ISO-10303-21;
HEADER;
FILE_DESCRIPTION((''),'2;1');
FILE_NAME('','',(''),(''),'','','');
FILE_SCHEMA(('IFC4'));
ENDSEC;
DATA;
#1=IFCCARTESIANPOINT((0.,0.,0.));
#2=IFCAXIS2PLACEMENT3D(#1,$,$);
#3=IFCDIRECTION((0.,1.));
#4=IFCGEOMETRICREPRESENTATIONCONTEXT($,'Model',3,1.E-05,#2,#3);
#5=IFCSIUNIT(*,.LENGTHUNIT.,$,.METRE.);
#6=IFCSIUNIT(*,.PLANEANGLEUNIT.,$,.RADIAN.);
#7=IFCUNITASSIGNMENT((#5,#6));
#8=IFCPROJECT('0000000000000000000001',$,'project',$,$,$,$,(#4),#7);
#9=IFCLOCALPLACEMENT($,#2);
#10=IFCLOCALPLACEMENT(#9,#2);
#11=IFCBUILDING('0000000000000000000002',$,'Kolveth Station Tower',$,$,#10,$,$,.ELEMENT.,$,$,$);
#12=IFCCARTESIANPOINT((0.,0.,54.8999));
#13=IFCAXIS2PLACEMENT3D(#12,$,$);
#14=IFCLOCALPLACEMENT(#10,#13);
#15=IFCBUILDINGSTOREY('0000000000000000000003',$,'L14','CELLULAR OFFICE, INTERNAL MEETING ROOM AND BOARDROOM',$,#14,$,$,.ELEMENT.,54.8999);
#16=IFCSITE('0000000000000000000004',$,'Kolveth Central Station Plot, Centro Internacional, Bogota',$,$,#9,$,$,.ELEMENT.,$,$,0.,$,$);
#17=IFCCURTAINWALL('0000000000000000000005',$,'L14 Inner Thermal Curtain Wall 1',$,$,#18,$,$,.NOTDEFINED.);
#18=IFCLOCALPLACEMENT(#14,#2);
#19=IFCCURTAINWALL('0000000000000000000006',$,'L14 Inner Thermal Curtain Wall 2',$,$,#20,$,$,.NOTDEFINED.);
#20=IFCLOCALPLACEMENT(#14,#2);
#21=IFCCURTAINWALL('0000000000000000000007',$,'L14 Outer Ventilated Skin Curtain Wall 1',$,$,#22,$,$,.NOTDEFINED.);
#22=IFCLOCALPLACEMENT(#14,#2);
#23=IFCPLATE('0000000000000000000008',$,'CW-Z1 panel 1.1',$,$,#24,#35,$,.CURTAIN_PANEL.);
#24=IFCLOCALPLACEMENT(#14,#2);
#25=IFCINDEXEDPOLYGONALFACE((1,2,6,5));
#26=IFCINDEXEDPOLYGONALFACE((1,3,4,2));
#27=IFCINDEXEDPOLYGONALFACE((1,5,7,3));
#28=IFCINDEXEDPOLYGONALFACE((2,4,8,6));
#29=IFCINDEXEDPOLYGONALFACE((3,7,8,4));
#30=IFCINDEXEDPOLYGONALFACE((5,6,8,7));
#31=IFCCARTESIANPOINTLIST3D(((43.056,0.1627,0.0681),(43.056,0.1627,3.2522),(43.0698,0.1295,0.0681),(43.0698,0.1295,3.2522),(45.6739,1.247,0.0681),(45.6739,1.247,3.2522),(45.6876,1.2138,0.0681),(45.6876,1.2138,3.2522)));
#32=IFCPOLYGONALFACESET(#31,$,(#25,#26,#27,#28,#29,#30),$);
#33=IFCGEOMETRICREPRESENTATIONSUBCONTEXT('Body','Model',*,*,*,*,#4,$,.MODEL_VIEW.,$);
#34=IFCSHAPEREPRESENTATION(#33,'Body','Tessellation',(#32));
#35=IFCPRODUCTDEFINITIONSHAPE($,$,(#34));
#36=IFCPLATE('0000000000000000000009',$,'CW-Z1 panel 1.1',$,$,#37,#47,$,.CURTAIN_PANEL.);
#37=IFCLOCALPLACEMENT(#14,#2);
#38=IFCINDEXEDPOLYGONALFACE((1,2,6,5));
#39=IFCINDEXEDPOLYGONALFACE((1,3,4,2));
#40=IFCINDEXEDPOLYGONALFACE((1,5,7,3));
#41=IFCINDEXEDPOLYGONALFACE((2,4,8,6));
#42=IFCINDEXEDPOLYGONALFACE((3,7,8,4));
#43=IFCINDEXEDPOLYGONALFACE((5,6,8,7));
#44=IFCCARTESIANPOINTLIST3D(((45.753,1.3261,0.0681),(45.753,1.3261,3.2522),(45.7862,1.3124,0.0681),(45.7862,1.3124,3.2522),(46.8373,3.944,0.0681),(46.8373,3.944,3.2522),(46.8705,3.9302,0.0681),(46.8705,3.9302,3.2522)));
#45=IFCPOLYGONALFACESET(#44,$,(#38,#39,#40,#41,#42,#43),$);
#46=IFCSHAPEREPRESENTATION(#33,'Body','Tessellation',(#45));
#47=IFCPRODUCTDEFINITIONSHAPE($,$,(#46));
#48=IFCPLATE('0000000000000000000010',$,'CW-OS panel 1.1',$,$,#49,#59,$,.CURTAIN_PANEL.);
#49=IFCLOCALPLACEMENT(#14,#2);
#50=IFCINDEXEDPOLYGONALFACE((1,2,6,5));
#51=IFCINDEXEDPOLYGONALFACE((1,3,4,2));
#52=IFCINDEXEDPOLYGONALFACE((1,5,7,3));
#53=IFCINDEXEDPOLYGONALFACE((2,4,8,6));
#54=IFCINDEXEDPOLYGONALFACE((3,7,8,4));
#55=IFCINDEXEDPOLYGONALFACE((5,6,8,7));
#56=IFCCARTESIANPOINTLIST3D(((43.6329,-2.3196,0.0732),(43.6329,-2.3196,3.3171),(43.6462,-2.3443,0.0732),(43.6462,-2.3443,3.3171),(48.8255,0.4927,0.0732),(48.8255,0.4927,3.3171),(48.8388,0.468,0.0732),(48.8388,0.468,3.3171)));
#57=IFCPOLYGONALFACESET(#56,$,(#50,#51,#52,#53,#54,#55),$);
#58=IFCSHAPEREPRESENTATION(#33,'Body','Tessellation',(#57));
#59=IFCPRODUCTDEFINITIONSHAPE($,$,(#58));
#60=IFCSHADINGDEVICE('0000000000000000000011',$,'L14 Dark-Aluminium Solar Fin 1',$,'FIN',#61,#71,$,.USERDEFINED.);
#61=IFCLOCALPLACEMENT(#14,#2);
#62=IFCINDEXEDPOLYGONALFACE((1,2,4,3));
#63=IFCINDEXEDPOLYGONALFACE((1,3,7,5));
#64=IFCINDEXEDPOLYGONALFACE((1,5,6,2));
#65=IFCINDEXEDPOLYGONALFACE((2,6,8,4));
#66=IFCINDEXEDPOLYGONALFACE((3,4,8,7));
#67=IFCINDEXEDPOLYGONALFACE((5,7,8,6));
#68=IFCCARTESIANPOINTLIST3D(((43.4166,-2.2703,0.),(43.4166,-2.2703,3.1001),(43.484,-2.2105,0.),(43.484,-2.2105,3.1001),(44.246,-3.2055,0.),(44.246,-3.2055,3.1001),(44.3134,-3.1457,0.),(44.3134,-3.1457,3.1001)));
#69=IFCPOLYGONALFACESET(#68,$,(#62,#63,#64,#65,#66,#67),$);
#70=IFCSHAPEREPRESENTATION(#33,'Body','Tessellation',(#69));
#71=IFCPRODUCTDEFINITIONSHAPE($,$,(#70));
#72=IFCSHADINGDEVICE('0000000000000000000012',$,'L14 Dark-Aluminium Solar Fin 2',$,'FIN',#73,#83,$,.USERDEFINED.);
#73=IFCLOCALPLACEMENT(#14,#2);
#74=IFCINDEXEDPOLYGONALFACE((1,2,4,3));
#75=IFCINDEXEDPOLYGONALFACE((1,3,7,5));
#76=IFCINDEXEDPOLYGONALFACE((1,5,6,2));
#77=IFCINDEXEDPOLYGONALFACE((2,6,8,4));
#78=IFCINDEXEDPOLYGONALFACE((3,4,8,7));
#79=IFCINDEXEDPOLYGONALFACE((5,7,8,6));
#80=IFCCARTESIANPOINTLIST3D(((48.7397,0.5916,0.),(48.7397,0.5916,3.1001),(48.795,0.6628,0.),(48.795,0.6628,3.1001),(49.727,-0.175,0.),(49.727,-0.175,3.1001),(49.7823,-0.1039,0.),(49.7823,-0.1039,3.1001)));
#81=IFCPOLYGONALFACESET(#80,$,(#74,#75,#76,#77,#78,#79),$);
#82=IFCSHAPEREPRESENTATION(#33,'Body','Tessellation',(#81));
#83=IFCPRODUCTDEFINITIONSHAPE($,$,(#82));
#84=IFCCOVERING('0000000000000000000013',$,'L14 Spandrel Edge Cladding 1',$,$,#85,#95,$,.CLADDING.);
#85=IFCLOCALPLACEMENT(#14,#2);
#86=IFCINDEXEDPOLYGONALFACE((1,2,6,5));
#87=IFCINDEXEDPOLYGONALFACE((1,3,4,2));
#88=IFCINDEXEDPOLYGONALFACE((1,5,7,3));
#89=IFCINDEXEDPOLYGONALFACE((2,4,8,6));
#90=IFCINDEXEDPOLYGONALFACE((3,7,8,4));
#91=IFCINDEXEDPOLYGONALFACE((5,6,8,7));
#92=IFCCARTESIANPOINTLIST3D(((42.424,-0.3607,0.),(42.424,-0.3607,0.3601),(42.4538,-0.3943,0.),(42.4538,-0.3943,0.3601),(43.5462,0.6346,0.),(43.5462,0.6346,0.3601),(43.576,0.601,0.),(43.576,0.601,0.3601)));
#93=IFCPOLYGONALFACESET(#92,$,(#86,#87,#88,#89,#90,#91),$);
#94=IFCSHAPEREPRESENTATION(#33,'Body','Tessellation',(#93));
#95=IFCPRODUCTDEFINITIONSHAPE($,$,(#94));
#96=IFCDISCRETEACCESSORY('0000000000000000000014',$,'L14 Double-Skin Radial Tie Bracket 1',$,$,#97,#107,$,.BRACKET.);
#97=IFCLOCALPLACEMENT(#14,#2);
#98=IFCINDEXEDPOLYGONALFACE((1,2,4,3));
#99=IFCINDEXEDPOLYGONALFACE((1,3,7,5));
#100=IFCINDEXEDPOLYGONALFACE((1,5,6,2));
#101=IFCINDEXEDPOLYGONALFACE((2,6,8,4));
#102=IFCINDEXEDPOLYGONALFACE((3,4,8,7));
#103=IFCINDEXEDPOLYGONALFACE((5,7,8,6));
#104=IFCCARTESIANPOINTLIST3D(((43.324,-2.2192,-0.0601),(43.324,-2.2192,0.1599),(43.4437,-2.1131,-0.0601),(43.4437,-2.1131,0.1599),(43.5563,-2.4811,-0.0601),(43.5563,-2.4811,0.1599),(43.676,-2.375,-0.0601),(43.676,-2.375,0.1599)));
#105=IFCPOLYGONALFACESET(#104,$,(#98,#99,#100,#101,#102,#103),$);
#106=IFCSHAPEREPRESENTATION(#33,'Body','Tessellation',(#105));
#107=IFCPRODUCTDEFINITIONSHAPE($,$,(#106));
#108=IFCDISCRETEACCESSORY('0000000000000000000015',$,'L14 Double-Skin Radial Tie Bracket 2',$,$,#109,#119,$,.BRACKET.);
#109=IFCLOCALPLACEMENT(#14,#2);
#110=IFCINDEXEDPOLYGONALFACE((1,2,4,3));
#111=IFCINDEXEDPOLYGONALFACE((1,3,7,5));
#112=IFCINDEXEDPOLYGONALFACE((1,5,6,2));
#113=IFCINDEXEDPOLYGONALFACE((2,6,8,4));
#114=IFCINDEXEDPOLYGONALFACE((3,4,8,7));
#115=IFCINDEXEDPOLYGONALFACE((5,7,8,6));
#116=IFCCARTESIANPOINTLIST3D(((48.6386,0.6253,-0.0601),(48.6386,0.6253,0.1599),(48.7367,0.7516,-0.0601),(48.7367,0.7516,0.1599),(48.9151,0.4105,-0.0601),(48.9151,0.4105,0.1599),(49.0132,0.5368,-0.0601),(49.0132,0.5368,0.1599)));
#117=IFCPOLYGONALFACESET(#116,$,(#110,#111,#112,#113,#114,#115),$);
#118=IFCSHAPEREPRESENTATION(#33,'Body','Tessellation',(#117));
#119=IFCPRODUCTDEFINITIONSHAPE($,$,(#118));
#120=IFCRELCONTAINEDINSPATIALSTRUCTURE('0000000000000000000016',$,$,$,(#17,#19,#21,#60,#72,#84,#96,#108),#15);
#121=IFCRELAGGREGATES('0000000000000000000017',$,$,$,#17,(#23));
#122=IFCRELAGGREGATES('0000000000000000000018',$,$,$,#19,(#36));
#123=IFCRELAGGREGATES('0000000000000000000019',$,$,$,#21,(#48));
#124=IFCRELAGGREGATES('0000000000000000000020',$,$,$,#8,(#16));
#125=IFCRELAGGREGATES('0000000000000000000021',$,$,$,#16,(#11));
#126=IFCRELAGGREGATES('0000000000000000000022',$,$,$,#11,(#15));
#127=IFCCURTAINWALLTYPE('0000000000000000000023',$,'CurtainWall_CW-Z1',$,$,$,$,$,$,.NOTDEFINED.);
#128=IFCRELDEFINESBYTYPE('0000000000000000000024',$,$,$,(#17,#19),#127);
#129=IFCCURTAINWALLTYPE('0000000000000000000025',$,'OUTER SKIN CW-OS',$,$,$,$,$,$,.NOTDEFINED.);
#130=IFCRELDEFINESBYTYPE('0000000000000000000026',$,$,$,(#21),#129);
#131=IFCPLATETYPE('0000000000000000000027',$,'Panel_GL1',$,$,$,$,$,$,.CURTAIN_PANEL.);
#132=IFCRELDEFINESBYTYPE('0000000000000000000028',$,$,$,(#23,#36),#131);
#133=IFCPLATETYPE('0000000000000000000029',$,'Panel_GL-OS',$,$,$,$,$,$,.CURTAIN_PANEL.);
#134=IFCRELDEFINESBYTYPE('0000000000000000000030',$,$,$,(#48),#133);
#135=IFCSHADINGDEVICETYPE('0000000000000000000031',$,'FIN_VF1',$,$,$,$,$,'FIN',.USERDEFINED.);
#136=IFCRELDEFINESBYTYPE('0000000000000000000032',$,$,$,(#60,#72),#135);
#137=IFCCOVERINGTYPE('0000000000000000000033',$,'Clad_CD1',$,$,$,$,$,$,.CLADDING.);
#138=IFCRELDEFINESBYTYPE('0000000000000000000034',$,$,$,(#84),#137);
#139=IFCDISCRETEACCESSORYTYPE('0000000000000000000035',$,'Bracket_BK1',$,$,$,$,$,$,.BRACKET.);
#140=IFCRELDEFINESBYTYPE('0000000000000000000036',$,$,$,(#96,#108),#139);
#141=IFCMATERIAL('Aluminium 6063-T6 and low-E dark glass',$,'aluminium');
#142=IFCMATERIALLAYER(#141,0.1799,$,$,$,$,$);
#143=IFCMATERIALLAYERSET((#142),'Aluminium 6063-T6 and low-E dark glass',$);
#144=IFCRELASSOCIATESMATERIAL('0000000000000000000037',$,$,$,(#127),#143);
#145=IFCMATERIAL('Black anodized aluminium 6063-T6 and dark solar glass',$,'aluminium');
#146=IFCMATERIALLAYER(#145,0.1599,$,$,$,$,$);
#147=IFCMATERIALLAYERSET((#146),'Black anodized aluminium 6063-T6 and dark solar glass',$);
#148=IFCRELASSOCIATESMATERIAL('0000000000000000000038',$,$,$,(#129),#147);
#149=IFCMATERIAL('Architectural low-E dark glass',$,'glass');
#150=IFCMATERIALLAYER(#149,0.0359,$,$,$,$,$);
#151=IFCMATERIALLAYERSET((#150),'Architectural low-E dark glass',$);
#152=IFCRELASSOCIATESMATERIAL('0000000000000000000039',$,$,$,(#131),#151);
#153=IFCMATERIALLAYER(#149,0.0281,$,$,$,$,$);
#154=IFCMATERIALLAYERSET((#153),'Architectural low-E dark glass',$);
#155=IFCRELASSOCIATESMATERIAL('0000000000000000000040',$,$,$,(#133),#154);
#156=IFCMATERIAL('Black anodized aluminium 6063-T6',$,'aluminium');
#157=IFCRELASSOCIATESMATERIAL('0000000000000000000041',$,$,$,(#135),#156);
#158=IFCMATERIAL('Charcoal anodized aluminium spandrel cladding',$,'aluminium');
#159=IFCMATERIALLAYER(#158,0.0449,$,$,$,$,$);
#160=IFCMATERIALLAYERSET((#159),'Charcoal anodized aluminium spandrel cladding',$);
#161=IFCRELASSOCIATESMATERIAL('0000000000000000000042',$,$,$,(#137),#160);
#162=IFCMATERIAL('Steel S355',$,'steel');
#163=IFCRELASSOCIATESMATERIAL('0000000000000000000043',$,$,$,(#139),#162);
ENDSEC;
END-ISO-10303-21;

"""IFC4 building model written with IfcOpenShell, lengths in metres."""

from ifc_helpers import new_model, si_unit, direction, frame, origin, origin_2d, place, context, subcontext, project, spatial, rectangle, extrude, source, transform, mapped, material, layer, layer_set, type_object, element, aggregate, save


model = new_model("IFC4")

# Units and contexts
model_context = context("Model", 3, precision=1e-05, world=origin(), true_north=direction((0.0, 1.0)))
body_context = subcontext(model_context, "Body", "Model", "MODEL_VIEW")
ifc_project = project(units=[si_unit("LENGTHUNIT", "METRE"), si_unit("PLANEANGLEUNIT", "RADIAN")], contexts=[model_context])

# Site, building, storey
site_placement = place(None, origin())
site = spatial("IfcSite", under=ifc_project, at=site_placement, Name="Kolveth Central Station Plot, Centro Internacional, Bogota", CompositionType="ELEMENT", RefElevation=0.0)
building_placement = place(site_placement, origin())
building = spatial("IfcBuilding", under=site, at=building_placement, Name="Kolveth Station Tower", CompositionType="ELEMENT")
storey_placement = place(building_placement, frame((0.0, 0.0, 54.8999)))
storey = spatial("IfcBuildingStorey", under=building, at=storey_placement, Name="L14", Description="CELLULAR OFFICE, INTERNAL MEETING ROOM AND BOARDROOM", CompositionType="ELEMENT", Elevation=54.8999)

# Shared definitions
ifc_material_1 = material(Name="Steel S355", Category="steel")

# Curtain walls
ifc_material_2 = material(Name="Aluminium 6063-T6 and low-E dark glass", Category="aluminium")
ifc_layer_1 = layer(ifc_material_2, 0.1799)
ifc_layer_set_1 = layer_set([ifc_layer_1], Name="Aluminium 6063-T6 and low-E dark glass")
curtain_wall_type_1 = type_object("IfcCurtainWallType", Name="CurtainWall_CW-Z1", PredefinedType="NOTDEFINED", material=ifc_layer_set_1)
curtain_wall_1_placement = place(storey_placement, origin())
curtain_wall_1 = element("IfcCurtainWall", 1, at=curtain_wall_1_placement, inside=storey, type_object=curtain_wall_type_1, Name="L14 Inner Thermal Curtain Wall 1", PredefinedType="NOTDEFINED")
ifc_material_3 = material(Name="Black anodized aluminium 6063-T6", Category="aluminium")
curtain_wall_2_placement = place(storey_placement, origin())
curtain_wall_2 = element("IfcCurtainWall", 2, at=curtain_wall_2_placement, inside=storey, type_object=curtain_wall_type_1, Name="L14 Inner Thermal Curtain Wall 2", PredefinedType="NOTDEFINED")

# Curtain wall
ifc_material_4 = material(Name="Black anodized aluminium 6063-T6 and dark solar glass", Category="aluminium")
ifc_layer_2 = layer(ifc_material_4, 0.1599)
ifc_layer_set_2 = layer_set([ifc_layer_2], Name="Black anodized aluminium 6063-T6 and dark solar glass")
curtain_wall_type_2 = type_object("IfcCurtainWallType", Name="OUTER SKIN CW-OS", PredefinedType="NOTDEFINED", material=ifc_layer_set_2)
curtain_wall_3_placement = place(storey_placement, origin())
curtain_wall_3 = element("IfcCurtainWall", 3, at=curtain_wall_3_placement, inside=storey, type_object=curtain_wall_type_2, Name="L14 Outer Ventilated Skin Curtain Wall 1", PredefinedType="NOTDEFINED")

# Plates
ifc_material_5 = material(Name="Architectural low-E dark glass", Category="glass")
ifc_layer_3 = layer(ifc_material_5, 0.0359)
ifc_layer_set_3 = layer_set([ifc_layer_3], Name="Architectural low-E dark glass")
plate_type_1 = type_object("IfcPlateType", Name="Panel_GL1", PredefinedType="CURTAIN_PANEL", material=ifc_layer_set_3)
shared_shape_1 = source(origin(), body_context, "Body", "SweptSolid", [
    extrude(rectangle(XDim=2.8335, YDim=0.0359, at=origin_2d()), origin(), (0.0, 0.0, 1.0), 3.1841),
])
plate_1_placement = place(storey_placement, frame((44.3718, 0.6882, 0.0681), z_axis=(0.0, 0.0, 1.0), x_axis=(0.923884, 0.382673, 0.0)))
plate_1 = element("IfcPlate", 4, at=plate_1_placement, type_object=plate_type_1, Name="CW-Z1 panel 1.1", PredefinedType="CURTAIN_PANEL", context=body_context, shape_type="MappedRepresentation", body=[
    mapped(shared_shape_1, transform((0.0, 0.0, 0.0), x_axis=(1.0, 0.0, 0.0), y_axis=(0.0, 1.0, 0.0), z_axis=(0.0, 0.0, 1.0), scale=1.0)),
])
aggregate(curtain_wall_1, [plate_1])
plate_2_placement = place(storey_placement, frame((46.3118, 2.6282, 0.0681), z_axis=(0.0, 0.0, 1.0), x_axis=(0.382673, 0.923884, 0.0)))
plate_2 = element("IfcPlate", 5, at=plate_2_placement, type_object=plate_type_1, Name="CW-Z1 panel 1.1", PredefinedType="CURTAIN_PANEL", context=body_context, shape_type="MappedRepresentation", body=[
    mapped(shared_shape_1, transform((0.0, 0.0, 0.0), x_axis=(1.0, 0.0, 0.0), y_axis=(0.0, 1.0, 0.0), z_axis=(0.0, 0.0, 1.0), scale=1.0)),
])
aggregate(curtain_wall_2, [plate_2])
ifc_layer_4 = layer(ifc_material_5, 0.0281)
ifc_layer_set_4 = layer_set([ifc_layer_4], Name="Architectural low-E dark glass")
plate_type_2 = type_object("IfcPlateType", Name="Panel_GL-OS", PredefinedType="CURTAIN_PANEL", material=ifc_layer_set_4)
shared_shape_2 = source(origin(), body_context, "Body", "SweptSolid", [
    extrude(rectangle(XDim=5.9053, YDim=0.0281, at=origin_2d()), origin(), (0.0, 0.0, 1.0), 3.2439),
])
plate_3_placement = place(storey_placement, frame((46.2358, -0.9258, 0.0732), z_axis=(0.0, 0.0, 1.0), x_axis=(0.879316, 0.47624, 0.0)))
plate_3 = element("IfcPlate", 6, at=plate_3_placement, type_object=plate_type_2, Name="CW-OS panel 1.1", PredefinedType="CURTAIN_PANEL", context=body_context, shape_type="MappedRepresentation", body=[
    mapped(shared_shape_2, transform((0.0, 0.0, 0.0), x_axis=(1.0, 0.0, 0.0), y_axis=(0.0, 1.0, 0.0), z_axis=(0.0, 0.0, 1.0), scale=1.0)),
])
aggregate(curtain_wall_3, [plate_3])

# Shading devices
shading_device_type = type_object("IfcShadingDeviceType", Name="FIN_VF1", ElementType="FIN", PredefinedType="USERDEFINED", material=ifc_material_3)
shared_shape_3 = source(origin(), body_context, "Body", "SweptSolid", [
    extrude(rectangle(XDim=1.25, YDim=0.0901, at=origin_2d()), origin(), (0.0, 0.0, 1.0), 3.1001),
])
for number, where, z_axis, x_axis, name in (
    (7, (43.865, -2.708, 0.0), (0.0, 0.0, 1.0), (0.663535, -0.748146, 0.0), "L14 Dark-Aluminium Solar Fin 1"),
    (8, (49.261, 0.2439, 0.0), (0.0, 0.0, 1.0), (0.789834, -0.613321, 0.0), "L14 Dark-Aluminium Solar Fin 2"),
):
    element("IfcShadingDevice", number, at=place(storey_placement, frame(where, z_axis=z_axis, x_axis=x_axis)), inside=storey, type_object=shading_device_type, Name=name, ObjectType="FIN", PredefinedType="USERDEFINED", context=body_context, shape_type="MappedRepresentation", body=[
        mapped(shared_shape_3, transform((0.0, 0.0, 0.0), x_axis=(1.0, 0.0, 0.0), y_axis=(0.0, 1.0, 0.0), z_axis=(0.0, 0.0, 1.0), scale=1.0)),
    ])

# Covering
ifc_material_6 = material(Name="Charcoal anodized aluminium spandrel cladding", Category="aluminium")
ifc_layer_5 = layer(ifc_material_6, 0.0449)
ifc_layer_set_5 = layer_set([ifc_layer_5], Name="Charcoal anodized aluminium spandrel cladding")
covering_type = type_object("IfcCoveringType", Name="Clad_CD1", PredefinedType="CLADDING", material=ifc_layer_set_5)
shared_shape_4 = source(origin(), body_context, "Body", "SweptSolid", [
    extrude(rectangle(XDim=1.5, YDim=0.0449, at=origin_2d()), origin(), (0.0, 0.0, 1.0), 0.3601),
])
covering_placement = place(storey_placement, frame((43.0, 0.1201, 0.0), z_axis=(0.0, 0.0, 1.0), x_axis=(0.748146, 0.663535, 0.0)))
element("IfcCovering", 9, at=covering_placement, inside=storey, type_object=covering_type, Name="L14 Spandrel Edge Cladding 1", PredefinedType="CLADDING", context=body_context, shape_type="MappedRepresentation", body=[
    mapped(shared_shape_4, transform((0.0, 0.0, 0.0), x_axis=(1.0, 0.0, 0.0), y_axis=(0.0, 1.0, 0.0), z_axis=(0.0, 0.0, 1.0), scale=1.0)),
])

# Discrete accessories
discrete_accessory_type = type_object("IfcDiscreteAccessoryType", Name="Bracket_BK1", PredefinedType="BRACKET", material=ifc_material_1)
shared_shape_5 = source(origin(), body_context, "Body", "SweptSolid", [
    extrude(rectangle(XDim=0.3501, YDim=0.1599, at=origin_2d()), origin(), (0.0, 0.0, 1.0), 0.22),
])
for number, where, z_axis, x_axis, name in (
    (10, (43.5, -2.2971, -0.0601), (0.0, 0.0, 1.0), (0.663535, -0.748146, 0.0), "L14 Double-Skin Radial Tie Bracket 1"),
    (11, (48.8259, 0.5811, -0.0601), (0.0, 0.0, 1.0), (0.789834, -0.613321, 0.0), "L14 Double-Skin Radial Tie Bracket 2"),
):
    element("IfcDiscreteAccessory", number, at=place(storey_placement, frame(where, z_axis=z_axis, x_axis=x_axis)), inside=storey, type_object=discrete_accessory_type, Name=name, PredefinedType="BRACKET", context=body_context, shape_type="MappedRepresentation", body=[
        mapped(shared_shape_5, transform((0.0, 0.0, 0.0), x_axis=(1.0, 0.0, 0.0), y_axis=(0.0, 1.0, 0.0), z_axis=(0.0, 0.0, 1.0), scale=1.0)),
    ])

save(model, "model.ifc")
